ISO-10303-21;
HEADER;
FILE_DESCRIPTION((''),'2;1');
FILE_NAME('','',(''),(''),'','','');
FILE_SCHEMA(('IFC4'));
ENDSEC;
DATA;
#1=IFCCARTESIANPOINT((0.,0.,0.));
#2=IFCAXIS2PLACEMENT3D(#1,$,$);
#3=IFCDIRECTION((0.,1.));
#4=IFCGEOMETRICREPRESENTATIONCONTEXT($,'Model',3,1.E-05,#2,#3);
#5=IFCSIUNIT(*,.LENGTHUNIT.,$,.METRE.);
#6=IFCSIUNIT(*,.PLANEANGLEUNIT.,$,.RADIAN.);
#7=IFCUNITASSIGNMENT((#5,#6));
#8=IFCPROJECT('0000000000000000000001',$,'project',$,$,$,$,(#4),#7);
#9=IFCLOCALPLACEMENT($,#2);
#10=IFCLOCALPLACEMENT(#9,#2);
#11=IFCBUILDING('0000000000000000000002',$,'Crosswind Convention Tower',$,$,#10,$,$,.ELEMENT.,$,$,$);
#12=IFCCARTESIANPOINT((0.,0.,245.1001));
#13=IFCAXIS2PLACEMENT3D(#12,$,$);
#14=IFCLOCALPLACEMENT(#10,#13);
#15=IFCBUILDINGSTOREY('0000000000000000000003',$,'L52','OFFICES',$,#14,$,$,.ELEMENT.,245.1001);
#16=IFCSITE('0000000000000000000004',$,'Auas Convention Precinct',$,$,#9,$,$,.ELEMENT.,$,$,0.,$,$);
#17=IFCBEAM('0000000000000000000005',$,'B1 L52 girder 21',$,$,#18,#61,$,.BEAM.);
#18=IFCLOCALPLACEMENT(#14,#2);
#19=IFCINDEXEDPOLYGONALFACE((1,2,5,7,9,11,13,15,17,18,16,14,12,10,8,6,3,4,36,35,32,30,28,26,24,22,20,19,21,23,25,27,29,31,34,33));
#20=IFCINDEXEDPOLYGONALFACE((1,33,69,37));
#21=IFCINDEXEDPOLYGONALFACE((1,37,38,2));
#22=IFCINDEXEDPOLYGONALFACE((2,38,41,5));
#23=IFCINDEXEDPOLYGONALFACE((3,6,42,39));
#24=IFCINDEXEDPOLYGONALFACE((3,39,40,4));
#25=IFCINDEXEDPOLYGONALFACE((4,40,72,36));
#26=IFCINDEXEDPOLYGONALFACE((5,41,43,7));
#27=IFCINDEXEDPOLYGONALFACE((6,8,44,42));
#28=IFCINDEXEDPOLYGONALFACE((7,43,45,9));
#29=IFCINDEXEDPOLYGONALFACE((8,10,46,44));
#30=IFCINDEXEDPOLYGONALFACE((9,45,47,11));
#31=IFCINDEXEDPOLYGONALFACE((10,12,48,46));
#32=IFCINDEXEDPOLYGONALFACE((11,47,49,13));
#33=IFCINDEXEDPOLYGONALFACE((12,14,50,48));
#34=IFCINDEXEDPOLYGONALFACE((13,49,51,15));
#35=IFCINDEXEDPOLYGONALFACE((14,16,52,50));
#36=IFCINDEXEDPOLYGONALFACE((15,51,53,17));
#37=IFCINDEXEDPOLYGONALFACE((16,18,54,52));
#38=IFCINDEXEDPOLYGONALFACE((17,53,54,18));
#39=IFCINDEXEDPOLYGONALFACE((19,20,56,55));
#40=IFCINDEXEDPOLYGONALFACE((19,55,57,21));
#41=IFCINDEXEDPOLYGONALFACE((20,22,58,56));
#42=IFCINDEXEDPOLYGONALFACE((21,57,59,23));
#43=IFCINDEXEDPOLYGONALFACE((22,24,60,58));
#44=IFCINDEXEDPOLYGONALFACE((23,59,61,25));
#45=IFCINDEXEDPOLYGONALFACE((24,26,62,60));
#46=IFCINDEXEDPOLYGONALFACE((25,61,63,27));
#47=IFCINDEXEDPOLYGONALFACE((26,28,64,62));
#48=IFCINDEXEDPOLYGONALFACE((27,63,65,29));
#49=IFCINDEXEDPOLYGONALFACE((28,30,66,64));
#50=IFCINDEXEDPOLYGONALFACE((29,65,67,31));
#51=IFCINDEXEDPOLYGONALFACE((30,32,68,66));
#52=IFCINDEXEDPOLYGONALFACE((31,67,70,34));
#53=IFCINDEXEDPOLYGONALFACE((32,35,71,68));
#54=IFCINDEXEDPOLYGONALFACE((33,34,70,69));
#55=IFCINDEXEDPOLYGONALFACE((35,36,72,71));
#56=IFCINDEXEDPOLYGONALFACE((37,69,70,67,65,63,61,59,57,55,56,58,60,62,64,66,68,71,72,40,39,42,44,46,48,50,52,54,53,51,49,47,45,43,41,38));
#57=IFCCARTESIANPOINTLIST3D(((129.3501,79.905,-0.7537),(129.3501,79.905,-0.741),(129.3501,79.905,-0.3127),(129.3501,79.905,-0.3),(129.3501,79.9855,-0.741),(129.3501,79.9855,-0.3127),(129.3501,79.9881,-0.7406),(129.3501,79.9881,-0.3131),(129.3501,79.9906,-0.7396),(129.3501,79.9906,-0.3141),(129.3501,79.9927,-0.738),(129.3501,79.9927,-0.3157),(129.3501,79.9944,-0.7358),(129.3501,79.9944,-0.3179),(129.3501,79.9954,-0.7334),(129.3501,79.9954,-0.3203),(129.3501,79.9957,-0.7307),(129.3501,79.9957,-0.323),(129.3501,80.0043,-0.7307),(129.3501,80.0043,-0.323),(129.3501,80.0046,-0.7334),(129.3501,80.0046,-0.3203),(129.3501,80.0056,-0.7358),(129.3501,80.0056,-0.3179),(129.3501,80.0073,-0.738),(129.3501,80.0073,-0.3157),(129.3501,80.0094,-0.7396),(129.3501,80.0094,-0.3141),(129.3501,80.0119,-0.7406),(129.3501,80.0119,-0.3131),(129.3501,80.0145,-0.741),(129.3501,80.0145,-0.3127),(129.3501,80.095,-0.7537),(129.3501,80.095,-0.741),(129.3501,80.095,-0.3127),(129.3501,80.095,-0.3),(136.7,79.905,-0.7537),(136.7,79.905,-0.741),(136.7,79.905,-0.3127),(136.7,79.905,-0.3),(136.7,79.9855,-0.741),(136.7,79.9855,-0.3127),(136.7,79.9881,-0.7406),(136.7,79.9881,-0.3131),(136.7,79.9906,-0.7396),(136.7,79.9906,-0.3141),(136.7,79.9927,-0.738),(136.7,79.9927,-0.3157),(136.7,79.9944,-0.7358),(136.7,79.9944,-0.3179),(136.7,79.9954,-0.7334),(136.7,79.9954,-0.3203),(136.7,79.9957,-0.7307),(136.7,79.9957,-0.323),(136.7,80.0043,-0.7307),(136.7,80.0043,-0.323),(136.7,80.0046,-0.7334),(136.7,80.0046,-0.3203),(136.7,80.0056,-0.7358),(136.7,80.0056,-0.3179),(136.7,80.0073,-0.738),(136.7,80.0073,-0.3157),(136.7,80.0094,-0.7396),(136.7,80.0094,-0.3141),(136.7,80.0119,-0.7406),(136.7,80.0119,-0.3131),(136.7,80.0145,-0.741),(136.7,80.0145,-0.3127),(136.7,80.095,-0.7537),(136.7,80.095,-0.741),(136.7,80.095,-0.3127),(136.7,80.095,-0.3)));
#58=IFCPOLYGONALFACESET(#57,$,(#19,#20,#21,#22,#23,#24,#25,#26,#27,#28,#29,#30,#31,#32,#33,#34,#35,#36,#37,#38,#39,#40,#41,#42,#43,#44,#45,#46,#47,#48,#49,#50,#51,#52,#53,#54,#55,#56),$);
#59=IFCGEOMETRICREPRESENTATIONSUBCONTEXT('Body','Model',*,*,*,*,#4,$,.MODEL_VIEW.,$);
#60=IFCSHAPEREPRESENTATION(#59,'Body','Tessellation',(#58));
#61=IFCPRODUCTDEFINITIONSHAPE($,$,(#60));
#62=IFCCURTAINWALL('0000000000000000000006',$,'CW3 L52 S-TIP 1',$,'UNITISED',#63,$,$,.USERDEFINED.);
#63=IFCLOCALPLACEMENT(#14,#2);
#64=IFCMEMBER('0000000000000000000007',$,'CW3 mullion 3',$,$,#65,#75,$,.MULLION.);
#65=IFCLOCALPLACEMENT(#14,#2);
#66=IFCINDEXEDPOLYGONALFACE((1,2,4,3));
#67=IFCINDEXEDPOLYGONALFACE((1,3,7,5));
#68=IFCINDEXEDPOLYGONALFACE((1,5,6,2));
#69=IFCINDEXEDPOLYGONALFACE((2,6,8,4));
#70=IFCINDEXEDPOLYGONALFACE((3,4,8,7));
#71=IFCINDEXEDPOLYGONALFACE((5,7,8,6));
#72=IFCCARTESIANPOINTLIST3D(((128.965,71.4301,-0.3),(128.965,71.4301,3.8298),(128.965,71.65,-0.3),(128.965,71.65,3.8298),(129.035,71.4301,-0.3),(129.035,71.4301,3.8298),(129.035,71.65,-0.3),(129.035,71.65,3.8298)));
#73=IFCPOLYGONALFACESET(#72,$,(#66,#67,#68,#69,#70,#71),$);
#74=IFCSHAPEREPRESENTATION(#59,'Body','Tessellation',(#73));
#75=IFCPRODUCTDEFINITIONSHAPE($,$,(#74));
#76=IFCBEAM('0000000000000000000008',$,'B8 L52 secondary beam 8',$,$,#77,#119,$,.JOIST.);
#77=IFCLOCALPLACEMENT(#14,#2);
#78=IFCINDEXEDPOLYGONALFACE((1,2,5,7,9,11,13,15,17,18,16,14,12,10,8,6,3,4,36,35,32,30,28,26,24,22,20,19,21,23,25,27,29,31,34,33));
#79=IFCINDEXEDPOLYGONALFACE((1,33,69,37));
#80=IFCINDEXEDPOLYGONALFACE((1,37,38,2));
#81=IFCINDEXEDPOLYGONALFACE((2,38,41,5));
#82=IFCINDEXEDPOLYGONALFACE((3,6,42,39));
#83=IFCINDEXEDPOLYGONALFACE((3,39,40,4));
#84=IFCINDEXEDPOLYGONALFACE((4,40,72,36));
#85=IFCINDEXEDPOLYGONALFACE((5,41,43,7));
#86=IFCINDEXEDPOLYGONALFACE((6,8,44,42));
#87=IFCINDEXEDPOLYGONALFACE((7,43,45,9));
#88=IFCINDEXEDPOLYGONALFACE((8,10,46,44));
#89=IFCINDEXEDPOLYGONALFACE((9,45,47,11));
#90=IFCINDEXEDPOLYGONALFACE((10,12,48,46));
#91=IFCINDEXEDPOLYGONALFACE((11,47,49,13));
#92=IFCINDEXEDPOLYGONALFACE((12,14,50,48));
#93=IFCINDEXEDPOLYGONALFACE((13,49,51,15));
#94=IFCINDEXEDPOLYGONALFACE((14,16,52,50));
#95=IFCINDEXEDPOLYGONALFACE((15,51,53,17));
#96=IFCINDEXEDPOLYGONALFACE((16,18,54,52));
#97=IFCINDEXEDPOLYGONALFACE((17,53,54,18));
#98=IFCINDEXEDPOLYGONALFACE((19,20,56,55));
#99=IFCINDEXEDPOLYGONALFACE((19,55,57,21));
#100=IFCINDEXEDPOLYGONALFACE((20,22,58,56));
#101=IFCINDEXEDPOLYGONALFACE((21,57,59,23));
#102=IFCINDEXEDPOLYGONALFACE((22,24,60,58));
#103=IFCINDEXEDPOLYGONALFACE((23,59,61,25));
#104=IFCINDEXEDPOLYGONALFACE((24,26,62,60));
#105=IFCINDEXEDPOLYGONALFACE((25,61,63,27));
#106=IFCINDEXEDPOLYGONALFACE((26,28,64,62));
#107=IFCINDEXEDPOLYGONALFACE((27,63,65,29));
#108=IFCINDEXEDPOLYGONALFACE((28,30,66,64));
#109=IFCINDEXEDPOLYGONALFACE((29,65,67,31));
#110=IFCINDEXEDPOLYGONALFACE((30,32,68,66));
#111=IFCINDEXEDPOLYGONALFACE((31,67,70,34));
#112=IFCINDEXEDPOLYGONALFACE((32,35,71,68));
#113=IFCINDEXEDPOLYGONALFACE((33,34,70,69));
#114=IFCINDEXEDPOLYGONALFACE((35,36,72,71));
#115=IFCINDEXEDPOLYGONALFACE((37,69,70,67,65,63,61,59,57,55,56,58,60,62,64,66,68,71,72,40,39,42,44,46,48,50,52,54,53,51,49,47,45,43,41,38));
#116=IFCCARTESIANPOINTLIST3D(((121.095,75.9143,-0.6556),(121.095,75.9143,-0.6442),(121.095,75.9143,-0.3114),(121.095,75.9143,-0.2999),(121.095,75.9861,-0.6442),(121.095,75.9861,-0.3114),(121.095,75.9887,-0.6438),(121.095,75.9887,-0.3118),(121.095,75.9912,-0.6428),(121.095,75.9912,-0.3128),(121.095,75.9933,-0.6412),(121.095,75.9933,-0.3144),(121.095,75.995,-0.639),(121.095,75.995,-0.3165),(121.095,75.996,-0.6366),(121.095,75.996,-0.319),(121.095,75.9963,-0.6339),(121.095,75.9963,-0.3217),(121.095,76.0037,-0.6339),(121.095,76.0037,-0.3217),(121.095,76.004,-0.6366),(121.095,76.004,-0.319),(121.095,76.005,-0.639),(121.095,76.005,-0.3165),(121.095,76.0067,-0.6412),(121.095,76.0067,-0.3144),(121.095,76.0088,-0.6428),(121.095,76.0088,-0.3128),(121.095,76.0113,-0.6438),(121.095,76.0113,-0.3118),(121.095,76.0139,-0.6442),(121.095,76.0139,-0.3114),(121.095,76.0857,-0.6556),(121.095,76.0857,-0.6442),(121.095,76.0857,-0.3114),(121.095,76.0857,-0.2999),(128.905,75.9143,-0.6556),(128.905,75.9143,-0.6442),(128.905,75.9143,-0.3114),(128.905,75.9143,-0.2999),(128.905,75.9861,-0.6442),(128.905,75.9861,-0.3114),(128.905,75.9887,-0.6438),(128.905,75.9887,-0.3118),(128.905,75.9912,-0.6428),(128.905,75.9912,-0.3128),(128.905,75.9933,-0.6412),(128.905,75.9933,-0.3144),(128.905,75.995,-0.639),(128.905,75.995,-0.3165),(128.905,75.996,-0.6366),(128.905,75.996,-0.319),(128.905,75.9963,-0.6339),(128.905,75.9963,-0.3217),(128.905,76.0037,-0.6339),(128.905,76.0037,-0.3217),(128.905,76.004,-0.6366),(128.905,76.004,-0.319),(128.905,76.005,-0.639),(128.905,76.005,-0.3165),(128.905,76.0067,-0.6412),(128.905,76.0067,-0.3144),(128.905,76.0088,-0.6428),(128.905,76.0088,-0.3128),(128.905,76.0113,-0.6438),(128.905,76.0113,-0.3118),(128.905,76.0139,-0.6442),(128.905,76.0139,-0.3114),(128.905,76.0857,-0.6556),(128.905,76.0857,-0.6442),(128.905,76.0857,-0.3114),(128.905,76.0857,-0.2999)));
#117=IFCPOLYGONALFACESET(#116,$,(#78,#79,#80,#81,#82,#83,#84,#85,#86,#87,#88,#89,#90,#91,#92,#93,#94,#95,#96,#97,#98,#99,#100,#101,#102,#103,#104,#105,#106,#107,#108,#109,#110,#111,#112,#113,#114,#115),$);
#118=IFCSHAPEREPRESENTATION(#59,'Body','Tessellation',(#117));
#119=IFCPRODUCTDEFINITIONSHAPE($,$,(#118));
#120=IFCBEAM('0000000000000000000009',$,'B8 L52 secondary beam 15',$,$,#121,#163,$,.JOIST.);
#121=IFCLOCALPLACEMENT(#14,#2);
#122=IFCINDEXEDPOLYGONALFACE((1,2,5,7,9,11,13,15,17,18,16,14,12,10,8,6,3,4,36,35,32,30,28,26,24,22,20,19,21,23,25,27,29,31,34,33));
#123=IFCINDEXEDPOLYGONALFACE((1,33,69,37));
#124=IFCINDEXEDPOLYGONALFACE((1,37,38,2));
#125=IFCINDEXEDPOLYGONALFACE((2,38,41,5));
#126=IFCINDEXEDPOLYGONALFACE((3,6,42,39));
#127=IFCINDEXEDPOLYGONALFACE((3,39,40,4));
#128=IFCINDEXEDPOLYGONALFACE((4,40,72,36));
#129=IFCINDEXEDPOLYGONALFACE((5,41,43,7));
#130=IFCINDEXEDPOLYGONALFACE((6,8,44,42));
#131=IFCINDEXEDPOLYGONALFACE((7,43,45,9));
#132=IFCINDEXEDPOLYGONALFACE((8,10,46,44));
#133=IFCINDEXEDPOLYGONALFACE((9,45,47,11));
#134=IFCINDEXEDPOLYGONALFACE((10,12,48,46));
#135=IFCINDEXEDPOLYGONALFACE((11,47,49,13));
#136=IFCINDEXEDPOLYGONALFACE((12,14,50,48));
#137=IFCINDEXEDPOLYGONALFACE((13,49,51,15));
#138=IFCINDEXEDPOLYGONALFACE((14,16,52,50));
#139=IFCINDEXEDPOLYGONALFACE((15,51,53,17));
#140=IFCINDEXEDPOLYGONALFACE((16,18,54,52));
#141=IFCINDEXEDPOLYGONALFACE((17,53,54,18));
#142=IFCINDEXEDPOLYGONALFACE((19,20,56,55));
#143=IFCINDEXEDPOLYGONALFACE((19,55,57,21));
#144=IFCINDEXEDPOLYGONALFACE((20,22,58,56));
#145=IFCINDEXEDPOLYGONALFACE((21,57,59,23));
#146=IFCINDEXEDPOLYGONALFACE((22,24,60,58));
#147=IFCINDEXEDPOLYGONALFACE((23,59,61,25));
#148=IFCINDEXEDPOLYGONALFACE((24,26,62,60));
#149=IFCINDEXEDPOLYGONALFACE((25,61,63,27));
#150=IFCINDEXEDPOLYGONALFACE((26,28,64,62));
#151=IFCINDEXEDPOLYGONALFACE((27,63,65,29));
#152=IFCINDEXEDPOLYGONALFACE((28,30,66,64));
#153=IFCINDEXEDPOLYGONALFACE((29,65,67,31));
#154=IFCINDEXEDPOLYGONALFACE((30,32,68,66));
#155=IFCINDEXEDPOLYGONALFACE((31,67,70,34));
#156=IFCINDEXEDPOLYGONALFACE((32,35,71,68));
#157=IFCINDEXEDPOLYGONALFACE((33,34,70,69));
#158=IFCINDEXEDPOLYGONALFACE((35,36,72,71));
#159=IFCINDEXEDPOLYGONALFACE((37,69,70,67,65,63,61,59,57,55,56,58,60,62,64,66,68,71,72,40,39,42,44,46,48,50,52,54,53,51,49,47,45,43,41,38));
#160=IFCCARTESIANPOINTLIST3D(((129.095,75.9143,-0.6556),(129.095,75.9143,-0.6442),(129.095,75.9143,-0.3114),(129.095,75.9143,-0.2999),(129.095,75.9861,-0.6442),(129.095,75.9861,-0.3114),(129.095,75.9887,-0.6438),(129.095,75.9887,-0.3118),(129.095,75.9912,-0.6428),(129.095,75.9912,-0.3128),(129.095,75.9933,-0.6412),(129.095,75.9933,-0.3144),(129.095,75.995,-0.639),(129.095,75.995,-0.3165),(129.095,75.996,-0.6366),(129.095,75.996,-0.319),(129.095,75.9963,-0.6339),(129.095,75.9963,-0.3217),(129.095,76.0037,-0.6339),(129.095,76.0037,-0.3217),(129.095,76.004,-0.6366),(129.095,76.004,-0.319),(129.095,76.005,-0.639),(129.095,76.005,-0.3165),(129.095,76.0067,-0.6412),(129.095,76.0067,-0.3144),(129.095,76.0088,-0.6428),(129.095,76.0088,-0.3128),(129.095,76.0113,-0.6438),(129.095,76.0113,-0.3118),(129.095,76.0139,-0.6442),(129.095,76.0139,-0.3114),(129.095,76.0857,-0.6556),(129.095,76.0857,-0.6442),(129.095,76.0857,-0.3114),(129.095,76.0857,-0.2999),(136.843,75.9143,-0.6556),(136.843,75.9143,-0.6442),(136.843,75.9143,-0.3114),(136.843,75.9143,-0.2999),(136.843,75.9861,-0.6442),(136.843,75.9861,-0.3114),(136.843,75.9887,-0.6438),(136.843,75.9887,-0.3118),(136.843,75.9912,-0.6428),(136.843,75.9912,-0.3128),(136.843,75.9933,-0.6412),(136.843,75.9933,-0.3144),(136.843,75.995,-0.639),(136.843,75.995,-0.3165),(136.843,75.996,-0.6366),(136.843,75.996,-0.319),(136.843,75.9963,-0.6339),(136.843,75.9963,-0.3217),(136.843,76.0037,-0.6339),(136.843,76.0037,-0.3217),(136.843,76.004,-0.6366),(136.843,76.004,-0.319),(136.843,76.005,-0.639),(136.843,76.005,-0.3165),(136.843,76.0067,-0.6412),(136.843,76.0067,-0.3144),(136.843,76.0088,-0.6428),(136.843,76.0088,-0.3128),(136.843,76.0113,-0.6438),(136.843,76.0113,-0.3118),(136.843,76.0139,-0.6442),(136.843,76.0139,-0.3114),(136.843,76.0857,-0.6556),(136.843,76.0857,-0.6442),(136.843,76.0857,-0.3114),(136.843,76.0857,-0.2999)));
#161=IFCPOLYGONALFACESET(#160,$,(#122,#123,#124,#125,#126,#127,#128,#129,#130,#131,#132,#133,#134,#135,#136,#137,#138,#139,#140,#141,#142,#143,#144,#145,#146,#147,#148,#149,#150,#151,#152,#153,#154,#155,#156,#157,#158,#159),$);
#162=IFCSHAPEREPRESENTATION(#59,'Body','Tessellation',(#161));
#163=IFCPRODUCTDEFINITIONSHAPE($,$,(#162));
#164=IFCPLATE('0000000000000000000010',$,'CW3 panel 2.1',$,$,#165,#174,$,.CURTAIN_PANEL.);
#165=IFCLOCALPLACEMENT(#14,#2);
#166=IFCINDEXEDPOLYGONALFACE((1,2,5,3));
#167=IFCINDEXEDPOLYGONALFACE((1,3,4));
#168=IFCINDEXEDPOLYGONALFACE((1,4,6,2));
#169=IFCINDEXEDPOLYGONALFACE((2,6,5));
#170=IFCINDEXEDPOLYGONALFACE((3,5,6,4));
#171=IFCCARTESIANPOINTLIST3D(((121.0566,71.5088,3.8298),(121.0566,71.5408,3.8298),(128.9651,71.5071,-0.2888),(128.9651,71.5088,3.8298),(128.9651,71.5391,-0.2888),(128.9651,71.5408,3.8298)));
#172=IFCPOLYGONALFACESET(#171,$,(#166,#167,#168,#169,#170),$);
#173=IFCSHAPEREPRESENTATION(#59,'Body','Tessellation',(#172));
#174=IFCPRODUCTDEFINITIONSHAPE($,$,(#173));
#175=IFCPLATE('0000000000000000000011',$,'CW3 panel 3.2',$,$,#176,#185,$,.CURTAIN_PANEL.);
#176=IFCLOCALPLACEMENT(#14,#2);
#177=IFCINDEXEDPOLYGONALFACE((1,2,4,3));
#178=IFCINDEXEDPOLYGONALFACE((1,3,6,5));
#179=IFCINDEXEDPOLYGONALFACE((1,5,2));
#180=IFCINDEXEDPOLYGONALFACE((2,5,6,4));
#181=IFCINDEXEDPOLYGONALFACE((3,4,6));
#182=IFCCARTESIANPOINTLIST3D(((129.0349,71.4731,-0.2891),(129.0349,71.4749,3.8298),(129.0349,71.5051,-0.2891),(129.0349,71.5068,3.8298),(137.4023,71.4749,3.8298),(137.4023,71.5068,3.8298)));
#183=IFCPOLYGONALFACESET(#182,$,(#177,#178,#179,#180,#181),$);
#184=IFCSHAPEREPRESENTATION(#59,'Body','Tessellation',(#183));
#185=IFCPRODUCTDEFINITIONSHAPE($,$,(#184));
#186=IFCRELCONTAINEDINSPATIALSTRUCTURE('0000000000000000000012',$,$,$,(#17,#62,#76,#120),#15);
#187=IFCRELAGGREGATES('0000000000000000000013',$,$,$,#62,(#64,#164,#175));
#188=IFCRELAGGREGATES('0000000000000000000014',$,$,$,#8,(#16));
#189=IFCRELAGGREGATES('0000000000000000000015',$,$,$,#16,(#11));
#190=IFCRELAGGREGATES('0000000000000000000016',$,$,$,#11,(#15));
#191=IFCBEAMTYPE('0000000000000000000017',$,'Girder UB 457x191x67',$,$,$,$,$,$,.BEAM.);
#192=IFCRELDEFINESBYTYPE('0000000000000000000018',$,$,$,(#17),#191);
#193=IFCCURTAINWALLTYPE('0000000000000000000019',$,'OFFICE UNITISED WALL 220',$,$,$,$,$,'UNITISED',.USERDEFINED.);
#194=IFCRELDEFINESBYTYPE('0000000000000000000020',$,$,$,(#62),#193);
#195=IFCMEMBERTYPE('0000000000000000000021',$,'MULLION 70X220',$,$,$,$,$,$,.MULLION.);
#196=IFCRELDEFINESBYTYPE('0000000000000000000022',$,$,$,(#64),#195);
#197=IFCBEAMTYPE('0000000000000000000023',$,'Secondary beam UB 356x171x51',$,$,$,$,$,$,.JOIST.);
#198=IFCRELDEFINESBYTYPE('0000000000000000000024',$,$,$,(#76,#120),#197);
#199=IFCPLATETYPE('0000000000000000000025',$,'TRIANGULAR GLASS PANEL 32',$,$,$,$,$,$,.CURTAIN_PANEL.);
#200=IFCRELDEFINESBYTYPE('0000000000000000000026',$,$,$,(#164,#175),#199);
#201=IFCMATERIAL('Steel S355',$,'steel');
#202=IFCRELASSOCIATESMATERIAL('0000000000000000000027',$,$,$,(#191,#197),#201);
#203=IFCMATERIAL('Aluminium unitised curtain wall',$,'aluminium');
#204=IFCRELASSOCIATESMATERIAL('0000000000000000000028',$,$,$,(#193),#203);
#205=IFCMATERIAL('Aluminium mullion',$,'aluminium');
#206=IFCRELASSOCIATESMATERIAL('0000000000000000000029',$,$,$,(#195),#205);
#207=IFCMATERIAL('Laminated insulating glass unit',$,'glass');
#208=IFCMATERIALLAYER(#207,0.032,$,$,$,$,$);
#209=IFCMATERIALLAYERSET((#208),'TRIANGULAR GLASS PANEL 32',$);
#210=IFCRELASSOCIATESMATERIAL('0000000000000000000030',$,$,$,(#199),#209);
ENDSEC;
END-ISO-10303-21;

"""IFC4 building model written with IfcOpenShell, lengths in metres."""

from ifc_helpers import new_model, si_unit, direction, frame, origin, origin_2d, place, context, subcontext, project, spatial, polyline, rectangle, i_section, outline, extrude, material, layer, layer_set, material_profile, profile_set, type_object, element, aggregate, save


model = new_model("IFC4")

# Units and contexts
model_context = context("Model", 3, precision=1e-05, world=origin(), true_north=direction((0.0, 1.0)))
body_context = subcontext(model_context, "Body", "Model", "MODEL_VIEW")
ifc_project = project(units=[si_unit("LENGTHUNIT", "METRE"), si_unit("PLANEANGLEUNIT", "RADIAN")], contexts=[model_context])

# Site, building, storey
site_placement = place(None, origin())
site = spatial("IfcSite", under=ifc_project, at=site_placement, Name="Auas Convention Precinct", CompositionType="ELEMENT", RefElevation=0.0)
building_placement = place(site_placement, origin())
building = spatial("IfcBuilding", under=site, at=building_placement, Name="Crosswind Convention Tower", CompositionType="ELEMENT")
storey_placement = place(building_placement, frame((0.0, 0.0, 245.1001)))
storey = spatial("IfcBuildingStorey", under=building, at=storey_placement, Name="L52", Description="OFFICES", CompositionType="ELEMENT", Elevation=245.1001)

# Beam
ifc_material_1 = material(Name="Steel S355", Category="steel")
ifc_material_profile_1 = material_profile(ifc_material_1, i_section(OverallWidth=0.1899, OverallDepth=0.4536, WebThickness=0.0085, FlangeThickness=0.0127, FilletRadius=0.0103, at=origin_2d()), Name="UB 457x191x67")
ifc_profile_set_1 = profile_set([ifc_material_profile_1], Name="Steel S355")
beam_type_1 = type_object("IfcBeamType", Name="Girder UB 457x191x67", PredefinedType="BEAM", material=ifc_profile_set_1)
beam_1_placement = place(storey_placement, frame((129.3501, 80.0, -0.5269), z_axis=(1.0, 0.0, 0.0), x_axis=(0.0, 1.0, 0.0)))
element("IfcBeam", 1, at=beam_1_placement, inside=storey, type_object=beam_type_1, Name="B1 L52 girder 21", PredefinedType="BEAM", context=body_context, shape_type="SweptSolid", body=[
    extrude(i_section(OverallWidth=0.1899, OverallDepth=0.4536, WebThickness=0.0085, FlangeThickness=0.0127, FilletRadius=0.0103, at=origin_2d()), origin(), (0.0, 0.0, 1.0), 7.3499),
])

# Curtain wall, member
ifc_material_2 = material(Name="Aluminium unitised curtain wall", Category="aluminium")
curtain_wall_type = type_object("IfcCurtainWallType", Name="OFFICE UNITISED WALL 220", ElementType="UNITISED", PredefinedType="USERDEFINED", material=ifc_material_2)
curtain_wall_placement = place(storey_placement, origin())
curtain_wall = element("IfcCurtainWall", 2, at=curtain_wall_placement, inside=storey, type_object=curtain_wall_type, Name="CW3 L52 S-TIP 1", ObjectType="UNITISED", PredefinedType="USERDEFINED")
ifc_material_3 = material(Name="Aluminium mullion", Category="aluminium")
ifc_material_profile_2 = material_profile(ifc_material_3, rectangle(XDim=0.22, YDim=0.0701, at=origin_2d()), Name="AL 220X70")
ifc_profile_set_2 = profile_set([ifc_material_profile_2], Name="Aluminium mullion")
member_type = type_object("IfcMemberType", Name="MULLION 70X220", PredefinedType="MULLION", material=ifc_profile_set_2)
member_placement = place(storey_placement, frame((129.0, 71.54, -0.3), z_axis=(0.0, 0.0, 1.0), x_axis=(0.0, -1.0, 0.0)))
member = element("IfcMember", 3, at=member_placement, type_object=member_type, Name="CW3 mullion 3", PredefinedType="MULLION", context=body_context, shape_type="SweptSolid", body=[
    extrude(rectangle(XDim=0.22, YDim=0.0701, at=origin_2d()), origin(), (0.0, 0.0, 1.0), 4.1299),
])

# Beams
ifc_material_profile_3 = material_profile(ifc_material_1, i_section(OverallWidth=0.1714, OverallDepth=0.3557, WebThickness=0.0073, FlangeThickness=0.0115, FilletRadius=0.0103, at=origin_2d()), Name="UB 356x171x51")
ifc_profile_set_3 = profile_set([ifc_material_profile_3], Name="Steel S355")
beam_type_2 = type_object("IfcBeamType", Name="Secondary beam UB 356x171x51", PredefinedType="JOIST", material=ifc_profile_set_3)
beam_2_placement = place(storey_placement, frame((121.095, 76.0, -0.4778), z_axis=(1.0, 0.0, 0.0), x_axis=(0.0, 1.0, 0.0)))
element("IfcBeam", 4, at=beam_2_placement, inside=storey, type_object=beam_type_2, Name="B8 L52 secondary beam 8", PredefinedType="JOIST", context=body_context, shape_type="SweptSolid", body=[
    extrude(i_section(OverallWidth=0.1714, OverallDepth=0.3557, WebThickness=0.0073, FlangeThickness=0.0115, FilletRadius=0.0103, at=origin_2d()), origin(), (0.0, 0.0, 1.0), 7.8101),
])
beam_3_placement = place(storey_placement, frame((129.095, 76.0, -0.4778), z_axis=(1.0, 0.0, 0.0), x_axis=(0.0, 1.0, 0.0)))
element("IfcBeam", 5, at=beam_3_placement, inside=storey, type_object=beam_type_2, Name="B8 L52 secondary beam 15", PredefinedType="JOIST", context=body_context, shape_type="SweptSolid", body=[
    extrude(i_section(OverallWidth=0.1714, OverallDepth=0.3557, WebThickness=0.0073, FlangeThickness=0.0115, FilletRadius=0.0103, at=origin_2d()), origin(), (0.0, 0.0, 1.0), 7.748),
])

# Plates
ifc_material_4 = material(Name="Laminated insulating glass unit", Category="glass")
ifc_layer_1 = layer(ifc_material_4, 0.032)
ifc_layer_set_1 = layer_set([ifc_layer_1], Name="TRIANGULAR GLASS PANEL 32")
plate_type = type_object("IfcPlateType", Name="TRIANGULAR GLASS PANEL 32", PredefinedType="CURTAIN_PANEL", material=ifc_layer_set_1)
plate_1_placement = place(storey_placement, frame((128.9651, 71.5088, 3.8298), z_axis=(0.0, -1.0, 0.000415), x_axis=(-1.0, 0.0, 0.0)))
plate_1 = element("IfcPlate", 6, at=plate_1_placement, type_object=plate_type, Name="CW3 panel 2.1", PredefinedType="CURTAIN_PANEL", context=body_context, shape_type="SweptSolid", body=[
    extrude(outline(polyline([(0.0, 0.0), (7.9084, 0.0), (0.0, 4.1187), (0.0, 0.0)])), origin(), (0.0, 0.0, -1.0), 0.032),
])
plate_2_placement = place(storey_placement, frame((129.0349, 71.4749, 3.8298), z_axis=(0.0, -1.0, 0.000415), x_axis=(0.0, -0.000415, -1.0)))
plate_2 = element("IfcPlate", 7, at=plate_2_placement, type_object=plate_type, Name="CW3 panel 3.2", PredefinedType="CURTAIN_PANEL", context=body_context, shape_type="SweptSolid", body=[
    extrude(outline(polyline([(0.0, 0.0), (4.1189, 0.0), (0.0, 8.3674), (0.0, 0.0)])), origin(), (0.0, 0.0, -1.0), 0.032),
])
aggregate(curtain_wall, [member, plate_1, plate_2])

save(model, "model.ifc")
